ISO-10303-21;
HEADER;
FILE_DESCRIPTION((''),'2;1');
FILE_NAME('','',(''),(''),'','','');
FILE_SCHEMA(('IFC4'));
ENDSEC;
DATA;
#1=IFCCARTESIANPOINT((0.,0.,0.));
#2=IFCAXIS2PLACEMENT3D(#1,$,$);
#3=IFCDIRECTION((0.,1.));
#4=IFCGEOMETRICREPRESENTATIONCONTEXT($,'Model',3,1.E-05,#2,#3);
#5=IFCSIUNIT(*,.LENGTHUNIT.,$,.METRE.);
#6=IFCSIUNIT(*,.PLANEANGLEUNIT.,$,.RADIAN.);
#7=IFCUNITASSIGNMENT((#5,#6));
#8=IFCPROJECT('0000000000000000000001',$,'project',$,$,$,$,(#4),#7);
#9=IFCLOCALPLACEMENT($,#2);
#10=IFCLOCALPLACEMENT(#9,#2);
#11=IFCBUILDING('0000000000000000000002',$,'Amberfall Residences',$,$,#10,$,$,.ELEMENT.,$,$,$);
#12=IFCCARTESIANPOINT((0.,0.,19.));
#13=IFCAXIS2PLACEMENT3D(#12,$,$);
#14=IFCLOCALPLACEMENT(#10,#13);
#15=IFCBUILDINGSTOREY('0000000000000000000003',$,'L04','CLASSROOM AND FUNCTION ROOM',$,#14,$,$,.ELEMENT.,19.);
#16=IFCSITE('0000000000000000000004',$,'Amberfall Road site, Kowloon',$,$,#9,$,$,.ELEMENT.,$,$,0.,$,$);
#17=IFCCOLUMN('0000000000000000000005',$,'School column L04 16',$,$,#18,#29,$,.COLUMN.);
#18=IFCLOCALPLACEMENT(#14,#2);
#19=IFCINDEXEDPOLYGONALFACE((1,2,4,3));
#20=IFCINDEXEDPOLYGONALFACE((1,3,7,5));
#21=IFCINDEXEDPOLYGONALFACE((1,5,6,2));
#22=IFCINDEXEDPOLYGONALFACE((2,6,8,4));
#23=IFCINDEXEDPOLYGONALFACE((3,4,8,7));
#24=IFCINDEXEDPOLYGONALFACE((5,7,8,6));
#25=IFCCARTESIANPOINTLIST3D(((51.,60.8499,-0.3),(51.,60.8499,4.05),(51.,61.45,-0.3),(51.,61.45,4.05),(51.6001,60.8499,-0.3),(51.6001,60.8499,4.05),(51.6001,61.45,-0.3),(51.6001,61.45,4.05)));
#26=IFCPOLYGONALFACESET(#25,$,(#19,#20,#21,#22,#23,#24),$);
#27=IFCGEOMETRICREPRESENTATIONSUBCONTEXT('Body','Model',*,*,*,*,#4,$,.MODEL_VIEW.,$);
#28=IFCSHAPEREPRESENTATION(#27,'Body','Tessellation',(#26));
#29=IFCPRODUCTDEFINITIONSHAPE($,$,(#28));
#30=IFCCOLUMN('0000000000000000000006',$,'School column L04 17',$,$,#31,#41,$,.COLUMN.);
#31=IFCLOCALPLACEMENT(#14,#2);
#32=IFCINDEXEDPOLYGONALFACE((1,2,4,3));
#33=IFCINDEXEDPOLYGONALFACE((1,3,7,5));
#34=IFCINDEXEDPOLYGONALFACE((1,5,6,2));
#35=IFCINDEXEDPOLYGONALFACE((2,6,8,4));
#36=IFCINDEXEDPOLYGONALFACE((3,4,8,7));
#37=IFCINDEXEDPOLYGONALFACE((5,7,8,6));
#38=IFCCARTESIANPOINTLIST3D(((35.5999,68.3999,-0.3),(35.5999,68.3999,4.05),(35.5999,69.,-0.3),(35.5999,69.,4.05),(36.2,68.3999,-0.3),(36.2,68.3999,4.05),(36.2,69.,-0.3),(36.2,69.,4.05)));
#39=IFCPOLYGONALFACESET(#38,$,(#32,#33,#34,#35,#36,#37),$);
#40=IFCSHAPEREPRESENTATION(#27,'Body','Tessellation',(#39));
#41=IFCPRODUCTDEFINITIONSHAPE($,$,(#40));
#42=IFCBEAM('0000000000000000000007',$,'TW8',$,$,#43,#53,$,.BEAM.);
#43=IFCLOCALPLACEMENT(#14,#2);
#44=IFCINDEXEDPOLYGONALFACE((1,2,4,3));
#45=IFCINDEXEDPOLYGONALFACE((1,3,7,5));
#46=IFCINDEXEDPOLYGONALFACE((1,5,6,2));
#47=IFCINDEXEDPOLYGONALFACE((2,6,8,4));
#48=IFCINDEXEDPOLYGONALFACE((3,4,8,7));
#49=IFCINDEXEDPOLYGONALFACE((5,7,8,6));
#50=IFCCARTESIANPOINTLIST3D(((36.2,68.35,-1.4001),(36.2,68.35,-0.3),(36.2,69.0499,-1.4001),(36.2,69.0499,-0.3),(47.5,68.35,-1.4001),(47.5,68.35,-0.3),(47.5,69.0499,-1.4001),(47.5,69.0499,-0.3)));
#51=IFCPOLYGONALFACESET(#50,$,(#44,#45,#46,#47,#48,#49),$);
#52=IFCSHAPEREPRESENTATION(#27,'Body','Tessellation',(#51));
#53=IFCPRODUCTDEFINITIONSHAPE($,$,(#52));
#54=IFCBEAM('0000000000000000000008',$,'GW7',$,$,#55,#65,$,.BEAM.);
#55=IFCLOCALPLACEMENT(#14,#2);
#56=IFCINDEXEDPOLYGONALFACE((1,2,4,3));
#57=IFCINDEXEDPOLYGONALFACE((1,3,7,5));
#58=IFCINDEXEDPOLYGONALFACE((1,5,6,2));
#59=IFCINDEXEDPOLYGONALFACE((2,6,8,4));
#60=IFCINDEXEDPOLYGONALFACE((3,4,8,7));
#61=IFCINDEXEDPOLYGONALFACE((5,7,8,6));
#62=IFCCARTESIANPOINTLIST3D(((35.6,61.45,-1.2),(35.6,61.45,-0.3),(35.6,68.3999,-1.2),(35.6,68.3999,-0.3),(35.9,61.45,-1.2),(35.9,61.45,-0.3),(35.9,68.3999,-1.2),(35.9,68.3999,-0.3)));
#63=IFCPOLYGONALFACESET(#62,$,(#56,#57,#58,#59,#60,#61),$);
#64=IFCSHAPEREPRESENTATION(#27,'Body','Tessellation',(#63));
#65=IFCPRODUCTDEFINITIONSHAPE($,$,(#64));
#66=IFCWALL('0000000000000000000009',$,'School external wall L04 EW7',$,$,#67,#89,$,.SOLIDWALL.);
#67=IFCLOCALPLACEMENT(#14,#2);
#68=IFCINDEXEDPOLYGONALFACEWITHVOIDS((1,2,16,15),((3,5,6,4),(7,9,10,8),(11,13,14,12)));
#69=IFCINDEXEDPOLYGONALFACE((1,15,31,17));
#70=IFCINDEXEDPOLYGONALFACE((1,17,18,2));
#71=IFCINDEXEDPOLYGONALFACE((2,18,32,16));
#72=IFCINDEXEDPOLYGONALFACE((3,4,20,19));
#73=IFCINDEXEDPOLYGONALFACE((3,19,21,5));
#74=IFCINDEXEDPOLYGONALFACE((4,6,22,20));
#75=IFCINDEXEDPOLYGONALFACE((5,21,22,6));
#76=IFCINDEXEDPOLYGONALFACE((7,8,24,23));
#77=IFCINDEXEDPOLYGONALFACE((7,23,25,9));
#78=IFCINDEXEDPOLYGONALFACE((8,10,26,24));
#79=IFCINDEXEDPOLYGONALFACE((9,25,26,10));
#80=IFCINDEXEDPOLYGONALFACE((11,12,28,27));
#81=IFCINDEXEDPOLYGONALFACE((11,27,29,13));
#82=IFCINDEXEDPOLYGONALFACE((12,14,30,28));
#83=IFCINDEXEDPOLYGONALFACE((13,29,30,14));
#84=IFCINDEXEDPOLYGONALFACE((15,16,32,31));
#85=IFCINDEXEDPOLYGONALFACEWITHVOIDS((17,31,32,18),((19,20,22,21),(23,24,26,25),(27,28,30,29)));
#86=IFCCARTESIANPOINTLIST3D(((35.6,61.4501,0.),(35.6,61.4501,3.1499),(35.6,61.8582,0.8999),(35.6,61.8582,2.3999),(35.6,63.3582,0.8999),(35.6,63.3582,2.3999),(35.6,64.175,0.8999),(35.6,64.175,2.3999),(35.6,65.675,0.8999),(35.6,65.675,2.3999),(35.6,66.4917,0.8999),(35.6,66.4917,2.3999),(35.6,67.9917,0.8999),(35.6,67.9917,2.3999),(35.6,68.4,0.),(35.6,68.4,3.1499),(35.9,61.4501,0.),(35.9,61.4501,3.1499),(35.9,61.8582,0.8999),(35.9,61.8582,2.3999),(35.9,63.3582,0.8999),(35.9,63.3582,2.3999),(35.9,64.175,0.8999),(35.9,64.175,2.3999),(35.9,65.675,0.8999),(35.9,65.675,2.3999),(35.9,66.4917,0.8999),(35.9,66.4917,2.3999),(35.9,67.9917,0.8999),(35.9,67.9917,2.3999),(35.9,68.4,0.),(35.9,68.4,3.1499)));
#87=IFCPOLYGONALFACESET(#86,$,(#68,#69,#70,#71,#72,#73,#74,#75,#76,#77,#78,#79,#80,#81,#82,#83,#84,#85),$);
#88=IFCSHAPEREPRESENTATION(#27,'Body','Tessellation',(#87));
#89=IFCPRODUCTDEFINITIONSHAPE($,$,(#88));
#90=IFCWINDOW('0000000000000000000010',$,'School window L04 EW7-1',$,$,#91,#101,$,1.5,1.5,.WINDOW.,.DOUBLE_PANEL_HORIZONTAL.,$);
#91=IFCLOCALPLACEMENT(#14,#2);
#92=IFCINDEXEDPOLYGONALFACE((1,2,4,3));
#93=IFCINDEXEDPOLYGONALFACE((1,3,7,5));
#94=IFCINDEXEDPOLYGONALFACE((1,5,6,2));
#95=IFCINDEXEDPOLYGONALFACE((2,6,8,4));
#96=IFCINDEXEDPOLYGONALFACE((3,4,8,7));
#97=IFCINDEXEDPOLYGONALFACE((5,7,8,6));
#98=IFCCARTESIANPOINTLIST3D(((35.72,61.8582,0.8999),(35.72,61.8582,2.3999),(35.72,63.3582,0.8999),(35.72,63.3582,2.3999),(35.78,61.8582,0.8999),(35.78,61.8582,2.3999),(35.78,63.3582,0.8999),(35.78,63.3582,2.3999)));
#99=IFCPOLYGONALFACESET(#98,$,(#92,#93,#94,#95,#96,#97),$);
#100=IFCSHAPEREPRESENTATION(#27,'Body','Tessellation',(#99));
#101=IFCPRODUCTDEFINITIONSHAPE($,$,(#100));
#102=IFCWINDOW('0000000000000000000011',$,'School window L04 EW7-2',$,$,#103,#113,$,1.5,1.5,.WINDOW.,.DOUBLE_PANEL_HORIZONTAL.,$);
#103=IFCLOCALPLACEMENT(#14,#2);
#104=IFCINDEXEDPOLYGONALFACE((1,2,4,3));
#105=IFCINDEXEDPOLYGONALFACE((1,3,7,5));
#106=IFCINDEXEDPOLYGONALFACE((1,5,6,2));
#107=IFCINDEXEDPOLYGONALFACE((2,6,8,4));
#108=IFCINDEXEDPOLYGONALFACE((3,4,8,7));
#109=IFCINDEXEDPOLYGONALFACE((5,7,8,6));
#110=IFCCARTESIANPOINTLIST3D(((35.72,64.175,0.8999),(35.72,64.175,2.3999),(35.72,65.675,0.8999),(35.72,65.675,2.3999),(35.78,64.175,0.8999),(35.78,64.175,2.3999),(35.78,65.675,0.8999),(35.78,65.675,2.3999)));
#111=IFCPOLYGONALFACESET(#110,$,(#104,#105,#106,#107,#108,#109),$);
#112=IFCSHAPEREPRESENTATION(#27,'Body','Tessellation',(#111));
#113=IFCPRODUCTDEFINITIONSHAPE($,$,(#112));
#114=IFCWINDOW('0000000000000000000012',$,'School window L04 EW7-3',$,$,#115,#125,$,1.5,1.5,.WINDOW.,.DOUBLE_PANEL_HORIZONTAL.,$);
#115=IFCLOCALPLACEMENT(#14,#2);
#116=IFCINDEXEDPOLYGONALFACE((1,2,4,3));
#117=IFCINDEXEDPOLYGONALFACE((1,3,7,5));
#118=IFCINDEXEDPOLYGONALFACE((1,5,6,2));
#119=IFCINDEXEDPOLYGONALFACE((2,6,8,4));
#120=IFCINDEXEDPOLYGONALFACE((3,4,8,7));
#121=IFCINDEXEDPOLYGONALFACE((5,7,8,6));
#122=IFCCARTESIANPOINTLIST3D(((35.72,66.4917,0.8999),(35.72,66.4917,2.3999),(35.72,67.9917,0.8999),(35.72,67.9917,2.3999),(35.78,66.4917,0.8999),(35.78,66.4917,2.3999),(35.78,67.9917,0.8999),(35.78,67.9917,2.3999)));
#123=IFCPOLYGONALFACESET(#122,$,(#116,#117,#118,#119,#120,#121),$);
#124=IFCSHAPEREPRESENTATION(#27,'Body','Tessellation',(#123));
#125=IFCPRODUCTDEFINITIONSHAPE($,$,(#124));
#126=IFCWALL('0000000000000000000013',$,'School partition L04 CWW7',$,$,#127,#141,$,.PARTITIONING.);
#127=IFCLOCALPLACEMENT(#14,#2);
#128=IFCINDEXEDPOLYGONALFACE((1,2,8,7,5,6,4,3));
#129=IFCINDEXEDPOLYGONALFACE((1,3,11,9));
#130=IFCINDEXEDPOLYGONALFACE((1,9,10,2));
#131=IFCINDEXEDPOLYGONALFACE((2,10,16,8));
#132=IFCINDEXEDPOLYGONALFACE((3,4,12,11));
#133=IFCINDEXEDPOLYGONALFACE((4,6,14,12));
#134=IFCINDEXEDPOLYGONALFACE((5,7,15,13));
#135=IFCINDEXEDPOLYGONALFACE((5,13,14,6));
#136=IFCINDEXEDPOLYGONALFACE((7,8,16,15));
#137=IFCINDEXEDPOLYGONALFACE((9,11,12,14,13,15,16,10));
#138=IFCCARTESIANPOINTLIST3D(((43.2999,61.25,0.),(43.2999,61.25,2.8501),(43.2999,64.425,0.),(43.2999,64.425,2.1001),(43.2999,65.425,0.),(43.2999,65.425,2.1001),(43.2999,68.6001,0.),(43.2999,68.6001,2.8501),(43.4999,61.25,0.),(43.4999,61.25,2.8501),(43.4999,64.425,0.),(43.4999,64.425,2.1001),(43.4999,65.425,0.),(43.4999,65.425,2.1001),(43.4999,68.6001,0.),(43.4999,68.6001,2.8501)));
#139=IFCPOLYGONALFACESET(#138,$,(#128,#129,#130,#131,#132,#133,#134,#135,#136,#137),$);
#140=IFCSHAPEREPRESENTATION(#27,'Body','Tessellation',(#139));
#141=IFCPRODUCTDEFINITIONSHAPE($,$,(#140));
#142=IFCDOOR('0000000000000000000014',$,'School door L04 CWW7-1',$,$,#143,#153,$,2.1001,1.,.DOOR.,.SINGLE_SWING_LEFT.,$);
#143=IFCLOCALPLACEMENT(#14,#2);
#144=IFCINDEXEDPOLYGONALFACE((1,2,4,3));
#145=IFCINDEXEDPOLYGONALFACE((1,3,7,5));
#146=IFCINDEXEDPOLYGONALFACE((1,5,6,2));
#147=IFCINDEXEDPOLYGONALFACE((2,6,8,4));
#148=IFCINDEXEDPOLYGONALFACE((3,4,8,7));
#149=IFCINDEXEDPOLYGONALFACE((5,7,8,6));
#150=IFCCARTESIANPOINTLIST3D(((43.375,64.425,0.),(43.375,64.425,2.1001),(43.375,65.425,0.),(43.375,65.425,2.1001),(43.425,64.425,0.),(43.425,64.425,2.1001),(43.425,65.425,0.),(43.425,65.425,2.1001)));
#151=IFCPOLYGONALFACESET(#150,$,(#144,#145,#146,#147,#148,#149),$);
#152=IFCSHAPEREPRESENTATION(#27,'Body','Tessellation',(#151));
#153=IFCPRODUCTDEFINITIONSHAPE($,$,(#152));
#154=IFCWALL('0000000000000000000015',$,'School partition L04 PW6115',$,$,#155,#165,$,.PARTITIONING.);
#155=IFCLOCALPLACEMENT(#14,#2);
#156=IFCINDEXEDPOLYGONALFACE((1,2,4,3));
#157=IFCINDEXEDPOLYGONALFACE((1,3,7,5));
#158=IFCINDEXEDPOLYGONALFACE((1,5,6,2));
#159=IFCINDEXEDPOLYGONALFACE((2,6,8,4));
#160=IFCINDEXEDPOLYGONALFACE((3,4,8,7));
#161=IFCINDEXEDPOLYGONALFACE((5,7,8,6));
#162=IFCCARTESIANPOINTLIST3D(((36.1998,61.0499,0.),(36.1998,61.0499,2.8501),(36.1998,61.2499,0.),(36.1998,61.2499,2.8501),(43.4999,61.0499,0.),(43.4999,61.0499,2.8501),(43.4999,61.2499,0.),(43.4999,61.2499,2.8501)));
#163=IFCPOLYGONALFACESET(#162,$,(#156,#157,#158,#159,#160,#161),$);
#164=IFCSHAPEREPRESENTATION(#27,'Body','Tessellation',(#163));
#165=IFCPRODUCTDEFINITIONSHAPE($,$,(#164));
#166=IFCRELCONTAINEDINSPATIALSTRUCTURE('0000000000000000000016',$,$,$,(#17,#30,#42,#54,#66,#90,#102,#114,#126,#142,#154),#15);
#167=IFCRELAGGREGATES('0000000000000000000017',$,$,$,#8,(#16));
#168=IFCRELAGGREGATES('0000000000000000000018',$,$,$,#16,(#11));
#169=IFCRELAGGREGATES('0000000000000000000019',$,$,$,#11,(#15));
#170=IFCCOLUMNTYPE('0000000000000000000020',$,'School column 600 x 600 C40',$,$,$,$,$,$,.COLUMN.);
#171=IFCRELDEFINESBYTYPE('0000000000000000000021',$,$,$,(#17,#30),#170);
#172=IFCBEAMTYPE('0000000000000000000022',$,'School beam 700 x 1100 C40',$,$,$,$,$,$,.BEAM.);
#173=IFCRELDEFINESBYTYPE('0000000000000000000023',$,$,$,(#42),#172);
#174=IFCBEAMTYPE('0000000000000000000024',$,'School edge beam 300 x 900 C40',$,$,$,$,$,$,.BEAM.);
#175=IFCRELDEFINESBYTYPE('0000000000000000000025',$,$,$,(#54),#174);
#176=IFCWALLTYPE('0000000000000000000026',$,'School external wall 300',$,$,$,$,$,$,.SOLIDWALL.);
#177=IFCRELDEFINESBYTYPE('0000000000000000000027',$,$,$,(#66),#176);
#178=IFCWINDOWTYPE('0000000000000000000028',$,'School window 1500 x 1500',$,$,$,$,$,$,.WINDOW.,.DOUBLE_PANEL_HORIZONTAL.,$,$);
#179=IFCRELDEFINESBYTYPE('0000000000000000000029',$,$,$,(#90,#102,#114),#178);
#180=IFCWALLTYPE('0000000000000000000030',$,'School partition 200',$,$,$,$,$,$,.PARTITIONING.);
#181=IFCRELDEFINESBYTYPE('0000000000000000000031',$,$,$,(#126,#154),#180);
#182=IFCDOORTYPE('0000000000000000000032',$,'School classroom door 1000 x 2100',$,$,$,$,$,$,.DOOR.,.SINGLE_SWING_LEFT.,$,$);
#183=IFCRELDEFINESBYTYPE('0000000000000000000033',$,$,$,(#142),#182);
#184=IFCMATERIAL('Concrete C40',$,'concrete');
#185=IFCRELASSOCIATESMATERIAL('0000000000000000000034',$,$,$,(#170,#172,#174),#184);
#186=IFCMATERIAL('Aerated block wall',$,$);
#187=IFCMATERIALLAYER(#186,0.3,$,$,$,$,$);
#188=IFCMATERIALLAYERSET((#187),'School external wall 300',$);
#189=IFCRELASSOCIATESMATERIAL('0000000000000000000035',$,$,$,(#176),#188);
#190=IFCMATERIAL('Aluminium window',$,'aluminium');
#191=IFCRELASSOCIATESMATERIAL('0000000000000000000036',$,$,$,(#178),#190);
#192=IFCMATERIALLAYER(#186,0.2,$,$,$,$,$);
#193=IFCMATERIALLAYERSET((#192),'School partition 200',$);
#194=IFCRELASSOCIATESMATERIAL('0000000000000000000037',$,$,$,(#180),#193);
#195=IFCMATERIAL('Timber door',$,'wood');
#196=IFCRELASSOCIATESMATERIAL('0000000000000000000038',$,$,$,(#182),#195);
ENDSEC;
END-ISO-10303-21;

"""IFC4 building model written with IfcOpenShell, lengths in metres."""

from ifc_helpers import new_model, si_unit, direction, frame, frame_2d, origin, origin_2d, place, context, subcontext, project, spatial, rectangle, extrude, material, layer, layer_set, material_profile, profile_set, type_object, element, fill, save


model = new_model("IFC4")

# Units and contexts
model_context = context("Model", 3, precision=1e-05, world=origin(), true_north=direction((0.0, 1.0)))
body_context = subcontext(model_context, "Body", "Model", "MODEL_VIEW")
ifc_project = project(units=[si_unit("LENGTHUNIT", "METRE"), si_unit("PLANEANGLEUNIT", "RADIAN")], contexts=[model_context])

# Site, building, storey
site_placement = place(None, origin())
site = spatial("IfcSite", under=ifc_project, at=site_placement, Name="Amberfall Road site, Kowloon", CompositionType="ELEMENT", RefElevation=0.0)
building_placement = place(site_placement, origin())
building = spatial("IfcBuilding", under=site, at=building_placement, Name="Amberfall Residences", CompositionType="ELEMENT")
storey_placement = place(building_placement, frame((0.0, 0.0, 19.0)))
storey = spatial("IfcBuildingStorey", under=building, at=storey_placement, Name="L04", Description="CLASSROOM AND FUNCTION ROOM", CompositionType="ELEMENT", Elevation=19.0)

# Columns
ifc_material_1 = material(Name="Concrete C40", Category="concrete")
ifc_material_profile_1 = material_profile(ifc_material_1, rectangle(XDim=0.6001, YDim=0.6001, at=origin_2d()), Name="School column 600 x 600 C40")
ifc_profile_set_1 = profile_set([ifc_material_profile_1], Name="Concrete C40")
column_type = type_object("IfcColumnType", Name="School column 600 x 600 C40", PredefinedType="COLUMN", material=ifc_profile_set_1)
for number, where, z_axis, x_axis, name in (
    (1, (51.3, 61.1499, -0.3), (0.0, 0.0, 1.0), (1.0, 0.0, 0.0), "School column L04 16"),
    (2, (35.8999, 68.7, -0.3), (0.0, 0.0, 1.0), (1.0, 0.0, 0.0), "School column L04 17"),
):
    element("IfcColumn", number, at=place(storey_placement, frame(where, z_axis=z_axis, x_axis=x_axis)), inside=storey, type_object=column_type, Name=name, PredefinedType="COLUMN", context=body_context, shape_type="SweptSolid", body=[
        extrude(rectangle(XDim=0.6001, YDim=0.6001, at=origin_2d()), origin(), (0.0, 0.0, 1.0), 4.3501),
    ])

# Beams
ifc_material_profile_2 = material_profile(ifc_material_1, rectangle(XDim=0.7, YDim=1.1001, at=origin_2d()), Name="School beam 700 x 1100 C40")
ifc_profile_set_2 = profile_set([ifc_material_profile_2], Name="Concrete C40")
beam_type_1 = type_object("IfcBeamType", Name="School beam 700 x 1100 C40", PredefinedType="BEAM", material=ifc_profile_set_2)
beam_1_placement = place(storey_placement, frame((36.2, 68.7, -0.8501), z_axis=(1.0, 0.0, 0.0), x_axis=(0.0, 1.0, 0.0)))
element("IfcBeam", 3, at=beam_1_placement, inside=storey, type_object=beam_type_1, Name="TW8", PredefinedType="BEAM", context=body_context, shape_type="SweptSolid", body=[
    extrude(rectangle(XDim=0.7, YDim=1.1001, at=origin_2d()), origin(), (0.0, 0.0, 1.0), 11.3),
])
ifc_material_profile_3 = material_profile(ifc_material_1, rectangle(XDim=0.3, YDim=0.8999, at=origin_2d()), Name="School edge beam 300 x 900 C40")
ifc_profile_set_3 = profile_set([ifc_material_profile_3], Name="Concrete C40")
beam_type_2 = type_object("IfcBeamType", Name="School edge beam 300 x 900 C40", PredefinedType="BEAM", material=ifc_profile_set_3)
beam_2_placement = place(storey_placement, frame((35.75, 61.45, -0.75), z_axis=(0.0, 1.0, 0.0), x_axis=(-1.0, 0.0, 0.0)))
element("IfcBeam", 4, at=beam_2_placement, inside=storey, type_object=beam_type_2, Name="GW7", PredefinedType="BEAM", context=body_context, shape_type="SweptSolid", body=[
    extrude(rectangle(XDim=0.3, YDim=0.8999, at=origin_2d()), origin(), (0.0, 0.0, 1.0), 6.95),
])

# Wall, openings, windows
ifc_material_2 = material(Name="Aerated block wall")
ifc_layer_1 = layer(ifc_material_2, 0.3)
ifc_layer_set_1 = layer_set([ifc_layer_1], Name="School external wall 300")
wall_type_1 = type_object("IfcWallType", Name="School external wall 300", PredefinedType="SOLIDWALL", material=ifc_layer_set_1)
wall_1_placement = place(storey_placement, frame((35.75, 61.45, 0.0), z_axis=(0.0, 0.0, 1.0), x_axis=(0.0, 1.0, 0.0)))
wall_1 = element("IfcWall", 5, at=wall_1_placement, inside=storey, type_object=wall_type_1, Name="School external wall L04 EW7", PredefinedType="SOLIDWALL", context=body_context, shape_type="SweptSolid", body=[
    extrude(rectangle(XDim=6.95, YDim=0.3, at=frame_2d((3.4751, 0.0))), origin(), (0.0, 0.0, 1.0), 3.1499),
])
opening_1_placement = place(wall_1_placement, frame((0.4082, 0.0, 0.8999)))
opening_1 = element("IfcOpeningElement", 6, at=opening_1_placement, cuts=wall_1, PredefinedType="OPENING", context=body_context, shape_type="SweptSolid", body=[
    extrude(rectangle(XDim=1.5, YDim=1.5, at=frame_2d((0.75, 0.75))), frame((0.0, 0.1599, 0.0), z_axis=(0.0, -1.0, 0.0), x_axis=(1.0, 0.0, 0.0)), (0.0, 0.0, 1.0), 0.3201),
])
opening_2_placement = place(wall_1_placement, frame((2.7251, 0.0, 0.8999)))
opening_2 = element("IfcOpeningElement", 7, at=opening_2_placement, cuts=wall_1, PredefinedType="OPENING", context=body_context, shape_type="SweptSolid", body=[
    extrude(rectangle(XDim=1.5, YDim=1.5, at=frame_2d((0.75, 0.75))), frame((0.0, 0.1599, 0.0), z_axis=(0.0, -1.0, 0.0), x_axis=(1.0, 0.0, 0.0)), (0.0, 0.0, 1.0), 0.3201),
])
opening_3_placement = place(wall_1_placement, frame((5.0417, 0.0, 0.8999)))
opening_3 = element("IfcOpeningElement", 8, at=opening_3_placement, cuts=wall_1, PredefinedType="OPENING", context=body_context, shape_type="SweptSolid", body=[
    extrude(rectangle(XDim=1.5, YDim=1.5, at=frame_2d((0.75, 0.75))), frame((0.0, 0.1599, 0.0), z_axis=(0.0, -1.0, 0.0), x_axis=(1.0, 0.0, 0.0)), (0.0, 0.0, 1.0), 0.3201),
])
ifc_material_3 = material(Name="Aluminium window", Category="aluminium")
window_type = type_object("IfcWindowType", Name="School window 1500 x 1500", PartitioningType="DOUBLE_PANEL_HORIZONTAL", PredefinedType="WINDOW", material=ifc_material_3)
window_1_placement = place(opening_1_placement, origin())
window_1 = element("IfcWindow", 9, at=window_1_placement, inside=storey, type_object=window_type, Name="School window L04 EW7-1", OverallHeight=1.5, OverallWidth=1.5, PartitioningType="DOUBLE_PANEL_HORIZONTAL", PredefinedType="WINDOW", context=body_context, shape_type="SweptSolid", body=[
    extrude(rectangle(XDim=1.5, YDim=1.5, at=frame_2d((0.75, 0.75))), frame((0.0, 0.03, 0.0), z_axis=(0.0, -1.0, 0.0), x_axis=(1.0, 0.0, 0.0)), (0.0, 0.0, 1.0), 0.0601),
])
fill(opening_1, window_1)
window_2_placement = place(opening_2_placement, origin())
window_2 = element("IfcWindow", 10, at=window_2_placement, inside=storey, type_object=window_type, Name="School window L04 EW7-2", OverallHeight=1.5, OverallWidth=1.5, PartitioningType="DOUBLE_PANEL_HORIZONTAL", PredefinedType="WINDOW", context=body_context, shape_type="SweptSolid", body=[
    extrude(rectangle(XDim=1.5, YDim=1.5, at=frame_2d((0.75, 0.75))), frame((0.0, 0.03, 0.0), z_axis=(0.0, -1.0, 0.0), x_axis=(1.0, 0.0, 0.0)), (0.0, 0.0, 1.0), 0.0601),
])
fill(opening_2, window_2)
window_3_placement = place(opening_3_placement, origin())
window_3 = element("IfcWindow", 11, at=window_3_placement, inside=storey, type_object=window_type, Name="School window L04 EW7-3", OverallHeight=1.5, OverallWidth=1.5, PartitioningType="DOUBLE_PANEL_HORIZONTAL", PredefinedType="WINDOW", context=body_context, shape_type="SweptSolid", body=[
    extrude(rectangle(XDim=1.5, YDim=1.5, at=frame_2d((0.75, 0.75))), frame((0.0, 0.03, 0.0), z_axis=(0.0, -1.0, 0.0), x_axis=(1.0, 0.0, 0.0)), (0.0, 0.0, 1.0), 0.0601),
])
fill(opening_3, window_3)

# Wall, opening, door
ifc_layer_2 = layer(ifc_material_2, 0.2)
ifc_layer_set_2 = layer_set([ifc_layer_2], Name="School partition 200")
wall_type_2 = type_object("IfcWallType", Name="School partition 200", PredefinedType="PARTITIONING", material=ifc_layer_set_2)
wall_2_placement = place(storey_placement, frame((43.3999, 61.25, 0.0), z_axis=(0.0, 0.0, 1.0), x_axis=(0.0, 1.0, 0.0)))
wall_2 = element("IfcWall", 12, at=wall_2_placement, inside=storey, type_object=wall_type_2, Name="School partition L04 CWW7", PredefinedType="PARTITIONING", context=body_context, shape_type="SweptSolid", body=[
    extrude(rectangle(XDim=7.3501, YDim=0.2, at=frame_2d((3.675, 0.0))), origin(), (0.0, 0.0, 1.0), 2.8501),
])
opening_4_placement = place(wall_2_placement, frame((3.175, 0.0, 0.0)))
opening_4 = element("IfcOpeningElement", 13, at=opening_4_placement, cuts=wall_2, PredefinedType="OPENING", context=body_context, shape_type="SweptSolid", body=[
    extrude(rectangle(XDim=1.0, YDim=2.1001, at=frame_2d((0.5, 1.05))), frame((0.0, 0.1099, 0.0), z_axis=(0.0, -1.0, 0.0), x_axis=(1.0, 0.0, 0.0)), (0.0, 0.0, 1.0), 0.22),
])
ifc_material_4 = material(Name="Timber door", Category="wood")
door_type_1 = type_object("IfcDoorType", Name="School classroom door 1000 x 2100", OperationType="SINGLE_SWING_LEFT", PredefinedType="DOOR", material=ifc_material_4)
door_1_placement = place(opening_4_placement, origin())
door_1 = element("IfcDoor", 14, at=door_1_placement, inside=storey, type_object=door_type_1, Name="School door L04 CWW7-1", OperationType="SINGLE_SWING_LEFT", OverallHeight=2.1001, OverallWidth=1.0, PredefinedType="DOOR", context=body_context, shape_type="SweptSolid", body=[
    extrude(rectangle(XDim=1.0, YDim=2.1001, at=frame_2d((0.5, 1.05))), frame((0.0, 0.0249, 0.0), z_axis=(0.0, -1.0, 0.0), x_axis=(1.0, 0.0, 0.0)), (0.0, 0.0, 1.0), 0.05),
])
fill(opening_4, door_1)

# Wall
wall_3_placement = place(storey_placement, frame((36.2, 61.1499, 0.0), z_axis=(0.0, 0.0, 1.0), x_axis=(1.0, 0.0, 0.0)))
element("IfcWall", 15, at=wall_3_placement, inside=storey, type_object=wall_type_2, Name="School partition L04 PW6115", PredefinedType="PARTITIONING", context=body_context, shape_type="SweptSolid", body=[
    extrude(rectangle(XDim=7.3, YDim=0.2, at=frame_2d((3.6499, 0.0))), origin(), (0.0, 0.0, 1.0), 2.8501),
])

save(model, "model.ifc")
